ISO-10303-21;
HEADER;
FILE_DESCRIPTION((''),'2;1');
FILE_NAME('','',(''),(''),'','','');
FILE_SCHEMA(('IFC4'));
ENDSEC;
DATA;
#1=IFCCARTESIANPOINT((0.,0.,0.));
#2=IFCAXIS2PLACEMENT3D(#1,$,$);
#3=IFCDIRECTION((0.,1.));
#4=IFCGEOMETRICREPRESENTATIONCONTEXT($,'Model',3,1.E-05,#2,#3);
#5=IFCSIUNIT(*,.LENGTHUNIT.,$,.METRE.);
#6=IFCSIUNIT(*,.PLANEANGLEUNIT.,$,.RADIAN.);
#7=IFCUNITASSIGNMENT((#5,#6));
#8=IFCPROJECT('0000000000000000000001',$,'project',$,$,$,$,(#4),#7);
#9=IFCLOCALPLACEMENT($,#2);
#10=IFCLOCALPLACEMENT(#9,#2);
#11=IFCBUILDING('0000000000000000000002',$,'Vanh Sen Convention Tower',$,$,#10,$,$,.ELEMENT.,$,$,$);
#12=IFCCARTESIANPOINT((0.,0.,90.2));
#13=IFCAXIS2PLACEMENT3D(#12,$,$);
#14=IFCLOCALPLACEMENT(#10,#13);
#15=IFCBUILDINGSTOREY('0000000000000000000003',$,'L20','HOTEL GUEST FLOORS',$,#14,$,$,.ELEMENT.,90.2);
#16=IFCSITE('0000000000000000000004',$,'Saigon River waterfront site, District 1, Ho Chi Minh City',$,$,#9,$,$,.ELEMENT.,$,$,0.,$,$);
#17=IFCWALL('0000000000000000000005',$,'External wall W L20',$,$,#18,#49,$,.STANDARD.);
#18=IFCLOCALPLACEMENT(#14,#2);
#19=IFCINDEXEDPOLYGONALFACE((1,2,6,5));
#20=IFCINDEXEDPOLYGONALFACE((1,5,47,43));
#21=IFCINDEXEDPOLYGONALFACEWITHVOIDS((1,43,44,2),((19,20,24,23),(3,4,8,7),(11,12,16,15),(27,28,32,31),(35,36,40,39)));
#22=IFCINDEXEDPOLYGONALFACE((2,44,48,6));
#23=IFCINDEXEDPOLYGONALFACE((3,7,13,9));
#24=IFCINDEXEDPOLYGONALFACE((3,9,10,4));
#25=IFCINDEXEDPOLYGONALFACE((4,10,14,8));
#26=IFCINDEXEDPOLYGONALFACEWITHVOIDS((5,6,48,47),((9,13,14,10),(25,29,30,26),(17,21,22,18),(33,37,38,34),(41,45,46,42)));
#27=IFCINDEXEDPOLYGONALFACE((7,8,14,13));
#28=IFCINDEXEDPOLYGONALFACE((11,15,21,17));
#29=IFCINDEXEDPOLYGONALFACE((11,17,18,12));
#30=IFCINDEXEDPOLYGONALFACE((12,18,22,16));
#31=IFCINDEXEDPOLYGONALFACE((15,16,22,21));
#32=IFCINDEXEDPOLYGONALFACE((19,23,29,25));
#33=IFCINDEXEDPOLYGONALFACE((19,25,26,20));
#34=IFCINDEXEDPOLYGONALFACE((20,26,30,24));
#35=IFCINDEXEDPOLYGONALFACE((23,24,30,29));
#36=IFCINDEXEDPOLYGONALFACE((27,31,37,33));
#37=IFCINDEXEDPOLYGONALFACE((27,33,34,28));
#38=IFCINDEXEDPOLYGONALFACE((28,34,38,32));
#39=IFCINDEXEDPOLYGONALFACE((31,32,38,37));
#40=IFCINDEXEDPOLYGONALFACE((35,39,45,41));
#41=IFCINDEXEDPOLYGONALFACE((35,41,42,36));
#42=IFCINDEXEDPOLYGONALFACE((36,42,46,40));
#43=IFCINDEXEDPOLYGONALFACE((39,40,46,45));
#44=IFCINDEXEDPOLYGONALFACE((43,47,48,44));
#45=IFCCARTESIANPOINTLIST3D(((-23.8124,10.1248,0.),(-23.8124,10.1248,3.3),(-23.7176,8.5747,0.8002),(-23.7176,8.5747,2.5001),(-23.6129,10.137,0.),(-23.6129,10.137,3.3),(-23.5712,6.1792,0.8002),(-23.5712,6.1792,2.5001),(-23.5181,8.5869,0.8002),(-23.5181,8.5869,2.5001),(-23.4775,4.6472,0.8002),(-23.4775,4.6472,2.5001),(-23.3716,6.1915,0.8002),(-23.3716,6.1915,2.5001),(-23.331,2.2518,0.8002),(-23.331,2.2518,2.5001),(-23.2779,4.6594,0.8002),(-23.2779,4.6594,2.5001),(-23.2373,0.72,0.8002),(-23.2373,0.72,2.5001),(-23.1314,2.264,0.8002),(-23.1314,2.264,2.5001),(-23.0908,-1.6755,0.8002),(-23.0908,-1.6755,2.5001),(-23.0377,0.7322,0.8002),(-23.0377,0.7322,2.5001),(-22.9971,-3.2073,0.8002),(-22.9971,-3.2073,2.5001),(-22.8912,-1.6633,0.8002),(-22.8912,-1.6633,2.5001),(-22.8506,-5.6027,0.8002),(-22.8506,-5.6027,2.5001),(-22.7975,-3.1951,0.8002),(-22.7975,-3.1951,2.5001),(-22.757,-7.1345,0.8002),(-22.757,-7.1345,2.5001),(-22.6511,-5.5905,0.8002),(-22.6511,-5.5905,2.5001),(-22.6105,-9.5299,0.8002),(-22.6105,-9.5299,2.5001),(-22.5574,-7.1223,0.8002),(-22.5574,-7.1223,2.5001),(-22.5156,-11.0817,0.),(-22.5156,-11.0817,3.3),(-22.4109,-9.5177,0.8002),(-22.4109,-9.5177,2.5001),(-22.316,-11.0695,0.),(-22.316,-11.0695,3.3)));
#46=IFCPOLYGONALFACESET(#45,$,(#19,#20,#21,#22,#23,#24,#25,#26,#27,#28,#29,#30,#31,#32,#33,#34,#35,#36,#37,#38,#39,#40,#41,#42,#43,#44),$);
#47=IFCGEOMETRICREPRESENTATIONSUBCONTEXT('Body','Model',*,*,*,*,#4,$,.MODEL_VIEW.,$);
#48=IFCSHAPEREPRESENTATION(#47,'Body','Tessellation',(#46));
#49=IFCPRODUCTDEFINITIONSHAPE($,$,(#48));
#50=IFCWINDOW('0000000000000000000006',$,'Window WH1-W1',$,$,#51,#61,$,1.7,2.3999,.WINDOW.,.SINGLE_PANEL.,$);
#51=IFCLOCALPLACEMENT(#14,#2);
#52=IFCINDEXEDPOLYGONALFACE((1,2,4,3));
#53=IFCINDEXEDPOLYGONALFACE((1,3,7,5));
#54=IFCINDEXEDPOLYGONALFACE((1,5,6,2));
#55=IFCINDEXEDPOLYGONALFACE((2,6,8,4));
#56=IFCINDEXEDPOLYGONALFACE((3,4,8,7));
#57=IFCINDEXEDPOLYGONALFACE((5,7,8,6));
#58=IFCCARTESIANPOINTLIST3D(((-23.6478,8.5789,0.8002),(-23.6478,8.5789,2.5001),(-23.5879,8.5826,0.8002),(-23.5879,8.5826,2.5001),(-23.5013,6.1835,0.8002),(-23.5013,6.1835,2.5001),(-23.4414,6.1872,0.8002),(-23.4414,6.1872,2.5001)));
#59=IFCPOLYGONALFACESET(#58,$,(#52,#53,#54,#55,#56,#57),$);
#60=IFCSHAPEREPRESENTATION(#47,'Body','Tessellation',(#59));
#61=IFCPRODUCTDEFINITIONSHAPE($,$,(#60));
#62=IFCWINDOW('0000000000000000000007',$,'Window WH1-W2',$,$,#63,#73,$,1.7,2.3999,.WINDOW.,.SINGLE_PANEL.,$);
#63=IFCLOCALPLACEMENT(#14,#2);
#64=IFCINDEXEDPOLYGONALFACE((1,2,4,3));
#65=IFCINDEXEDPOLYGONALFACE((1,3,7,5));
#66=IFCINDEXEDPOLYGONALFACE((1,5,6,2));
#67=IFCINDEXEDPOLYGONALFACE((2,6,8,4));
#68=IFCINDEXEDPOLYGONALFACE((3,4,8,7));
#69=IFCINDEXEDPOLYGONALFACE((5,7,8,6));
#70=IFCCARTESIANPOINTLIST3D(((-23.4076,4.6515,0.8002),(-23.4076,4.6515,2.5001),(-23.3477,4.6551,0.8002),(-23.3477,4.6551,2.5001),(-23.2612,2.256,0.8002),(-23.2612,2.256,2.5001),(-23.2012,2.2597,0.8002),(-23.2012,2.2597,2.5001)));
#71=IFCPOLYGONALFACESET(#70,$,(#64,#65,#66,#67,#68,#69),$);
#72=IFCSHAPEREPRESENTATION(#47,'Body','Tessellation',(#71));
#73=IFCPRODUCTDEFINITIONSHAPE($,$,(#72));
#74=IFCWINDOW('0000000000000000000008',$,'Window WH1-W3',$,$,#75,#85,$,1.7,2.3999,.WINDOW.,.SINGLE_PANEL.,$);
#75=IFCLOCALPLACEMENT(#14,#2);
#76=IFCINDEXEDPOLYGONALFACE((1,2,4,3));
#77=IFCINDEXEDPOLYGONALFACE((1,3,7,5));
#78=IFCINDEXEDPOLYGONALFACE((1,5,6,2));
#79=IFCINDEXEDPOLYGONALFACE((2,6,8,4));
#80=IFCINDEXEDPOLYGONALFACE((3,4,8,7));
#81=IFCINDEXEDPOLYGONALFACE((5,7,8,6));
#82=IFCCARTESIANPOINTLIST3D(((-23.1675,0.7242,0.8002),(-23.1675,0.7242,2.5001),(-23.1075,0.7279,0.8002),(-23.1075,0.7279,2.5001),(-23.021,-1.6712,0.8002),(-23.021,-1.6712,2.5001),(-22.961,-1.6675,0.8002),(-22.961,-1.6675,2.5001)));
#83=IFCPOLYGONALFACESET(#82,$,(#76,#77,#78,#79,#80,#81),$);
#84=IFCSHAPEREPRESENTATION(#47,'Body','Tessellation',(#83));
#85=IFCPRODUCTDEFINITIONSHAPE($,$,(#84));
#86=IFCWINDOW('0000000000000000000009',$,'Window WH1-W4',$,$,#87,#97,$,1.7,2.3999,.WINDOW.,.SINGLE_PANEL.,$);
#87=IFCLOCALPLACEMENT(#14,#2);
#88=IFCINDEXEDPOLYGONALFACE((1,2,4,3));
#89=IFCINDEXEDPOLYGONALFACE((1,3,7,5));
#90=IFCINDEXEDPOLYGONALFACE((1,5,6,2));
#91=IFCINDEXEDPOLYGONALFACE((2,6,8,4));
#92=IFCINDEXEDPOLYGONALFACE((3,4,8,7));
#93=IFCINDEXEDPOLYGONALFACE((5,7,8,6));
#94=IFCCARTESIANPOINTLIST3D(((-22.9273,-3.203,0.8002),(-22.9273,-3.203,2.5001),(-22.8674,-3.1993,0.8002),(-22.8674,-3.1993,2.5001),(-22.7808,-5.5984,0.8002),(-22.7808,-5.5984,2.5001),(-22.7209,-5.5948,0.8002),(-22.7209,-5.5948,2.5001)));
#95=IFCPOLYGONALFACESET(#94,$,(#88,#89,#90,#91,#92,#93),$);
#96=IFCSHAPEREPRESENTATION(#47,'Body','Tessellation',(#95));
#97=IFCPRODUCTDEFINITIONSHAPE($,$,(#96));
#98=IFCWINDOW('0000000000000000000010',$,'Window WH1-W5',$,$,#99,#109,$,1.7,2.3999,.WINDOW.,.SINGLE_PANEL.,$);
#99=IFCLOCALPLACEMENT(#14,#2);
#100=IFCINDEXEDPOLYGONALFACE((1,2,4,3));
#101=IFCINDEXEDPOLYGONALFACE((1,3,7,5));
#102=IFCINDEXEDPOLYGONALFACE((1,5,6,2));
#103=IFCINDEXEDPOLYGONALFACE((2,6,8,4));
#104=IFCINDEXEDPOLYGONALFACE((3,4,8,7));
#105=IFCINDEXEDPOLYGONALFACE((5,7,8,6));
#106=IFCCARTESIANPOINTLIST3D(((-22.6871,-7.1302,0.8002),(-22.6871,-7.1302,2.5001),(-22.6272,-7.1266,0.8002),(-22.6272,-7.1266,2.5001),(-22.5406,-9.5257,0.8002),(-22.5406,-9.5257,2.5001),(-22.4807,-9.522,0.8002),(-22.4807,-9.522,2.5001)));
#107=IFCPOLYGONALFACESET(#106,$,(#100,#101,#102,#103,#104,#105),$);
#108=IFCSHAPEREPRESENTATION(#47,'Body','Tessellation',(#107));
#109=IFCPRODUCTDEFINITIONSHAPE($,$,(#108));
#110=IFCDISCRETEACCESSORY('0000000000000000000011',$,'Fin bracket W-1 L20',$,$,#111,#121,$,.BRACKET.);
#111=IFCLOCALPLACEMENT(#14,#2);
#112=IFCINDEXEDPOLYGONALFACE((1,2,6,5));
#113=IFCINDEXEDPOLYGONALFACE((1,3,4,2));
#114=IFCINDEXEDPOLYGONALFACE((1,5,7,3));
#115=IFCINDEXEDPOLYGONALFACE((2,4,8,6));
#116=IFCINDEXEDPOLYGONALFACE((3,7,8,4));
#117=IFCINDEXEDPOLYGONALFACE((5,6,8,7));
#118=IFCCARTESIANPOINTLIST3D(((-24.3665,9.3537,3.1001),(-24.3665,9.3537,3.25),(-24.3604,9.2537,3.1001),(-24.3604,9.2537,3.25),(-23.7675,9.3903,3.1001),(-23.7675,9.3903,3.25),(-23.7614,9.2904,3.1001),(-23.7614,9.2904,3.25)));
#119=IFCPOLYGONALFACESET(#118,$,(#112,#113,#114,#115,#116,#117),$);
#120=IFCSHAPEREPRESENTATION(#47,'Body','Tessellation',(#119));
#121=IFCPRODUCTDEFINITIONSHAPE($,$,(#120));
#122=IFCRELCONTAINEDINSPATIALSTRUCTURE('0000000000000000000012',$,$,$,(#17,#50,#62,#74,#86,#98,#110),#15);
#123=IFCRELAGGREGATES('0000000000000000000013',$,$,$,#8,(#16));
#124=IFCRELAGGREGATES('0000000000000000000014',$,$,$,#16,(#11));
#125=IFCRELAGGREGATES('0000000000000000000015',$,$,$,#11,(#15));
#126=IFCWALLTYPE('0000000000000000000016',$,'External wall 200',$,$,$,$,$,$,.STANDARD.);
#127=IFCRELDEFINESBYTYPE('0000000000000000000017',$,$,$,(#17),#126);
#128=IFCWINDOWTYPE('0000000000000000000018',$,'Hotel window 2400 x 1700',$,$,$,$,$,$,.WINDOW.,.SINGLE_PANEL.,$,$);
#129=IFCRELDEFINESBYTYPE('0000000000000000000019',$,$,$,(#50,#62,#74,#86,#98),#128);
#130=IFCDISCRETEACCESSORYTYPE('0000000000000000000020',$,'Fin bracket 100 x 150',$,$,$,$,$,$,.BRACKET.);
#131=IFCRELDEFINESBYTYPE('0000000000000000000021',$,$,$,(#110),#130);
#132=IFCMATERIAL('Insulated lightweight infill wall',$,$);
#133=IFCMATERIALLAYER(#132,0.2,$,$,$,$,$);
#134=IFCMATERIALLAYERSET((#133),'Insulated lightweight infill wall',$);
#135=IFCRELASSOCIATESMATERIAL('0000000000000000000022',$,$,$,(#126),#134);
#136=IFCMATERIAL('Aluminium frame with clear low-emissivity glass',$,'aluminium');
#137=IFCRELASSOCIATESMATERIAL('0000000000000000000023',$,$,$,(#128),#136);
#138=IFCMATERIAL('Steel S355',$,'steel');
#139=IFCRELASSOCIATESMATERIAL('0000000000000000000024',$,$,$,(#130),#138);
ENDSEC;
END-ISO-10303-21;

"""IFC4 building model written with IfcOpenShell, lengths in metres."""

from ifc_helpers import new_model, si_unit, direction, frame, frame_2d, origin, origin_2d, place, context, subcontext, project, spatial, rectangle, extrude, material, layer, layer_set, type_object, element, fill, save


model = new_model("IFC4")

# Units and contexts
model_context = context("Model", 3, precision=1e-05, world=origin(), true_north=direction((0.0, 1.0)))
body_context = subcontext(model_context, "Body", "Model", "MODEL_VIEW")
ifc_project = project(units=[si_unit("LENGTHUNIT", "METRE"), si_unit("PLANEANGLEUNIT", "RADIAN")], contexts=[model_context])

# Site, building, storey
site_placement = place(None, origin())
site = spatial("IfcSite", under=ifc_project, at=site_placement, Name="Saigon River waterfront site, District 1, Ho Chi Minh City", CompositionType="ELEMENT", RefElevation=0.0)
building_placement = place(site_placement, origin())
building = spatial("IfcBuilding", under=site, at=building_placement, Name="Vanh Sen Convention Tower", CompositionType="ELEMENT")
storey_placement = place(building_placement, frame((0.0, 0.0, 90.2)))
storey = spatial("IfcBuildingStorey", under=building, at=storey_placement, Name="L20", Description="HOTEL GUEST FLOORS", CompositionType="ELEMENT", Elevation=90.2)

# Wall, openings, windows
ifc_material_1 = material(Name="Insulated lightweight infill wall")
ifc_layer_1 = layer(ifc_material_1, 0.2)
ifc_layer_set_1 = layer_set([ifc_layer_1], Name="Insulated lightweight infill wall")
wall_type = type_object("IfcWallType", Name="External wall 200", PredefinedType="STANDARD", material=ifc_layer_set_1)
wall_placement = place(storey_placement, frame((-23.7126, 10.1309, 0.0), z_axis=(0.0, 0.0, 1.0), x_axis=(0.06104, -0.998135, 0.0)))
wall = element("IfcWall", 1, at=wall_placement, inside=storey, type_object=wall_type, Name="External wall W L20", PredefinedType="STANDARD", context=body_context, shape_type="SweptSolid", body=[
    extrude(rectangle(XDim=21.2461, YDim=0.2, at=frame_2d((10.623, 0.0))), origin(), (0.0, 0.0, 1.0), 3.3),
])
opening_1_placement = place(wall_placement, frame((1.553, 0.0, 0.8)))
opening_1 = element("IfcOpeningElement", 2, at=opening_1_placement, cuts=wall, PredefinedType="OPENING", context=body_context, shape_type="SweptSolid", body=[
    extrude(rectangle(XDim=2.3999, YDim=1.7, at=frame_2d((1.2, 0.8501))), frame((0.0, 0.1099, 0.0), z_axis=(0.0, -1.0, 0.0), x_axis=(1.0, 0.0, 0.0)), (0.0, 0.0, 1.0), 0.22),
])
opening_2_placement = place(wall_placement, frame((5.4878, 0.0, 0.8)))
opening_2 = element("IfcOpeningElement", 3, at=opening_2_placement, cuts=wall, PredefinedType="OPENING", context=body_context, shape_type="SweptSolid", body=[
    extrude(rectangle(XDim=2.3999, YDim=1.7, at=frame_2d((1.2, 0.8501))), frame((0.0, 0.1099, 0.0), z_axis=(0.0, -1.0, 0.0), x_axis=(1.0, 0.0, 0.0)), (0.0, 0.0, 1.0), 0.22),
])
opening_3_placement = place(wall_placement, frame((9.4224, 0.0, 0.8)))
opening_3 = element("IfcOpeningElement", 4, at=opening_3_placement, cuts=wall, PredefinedType="OPENING", context=body_context, shape_type="SweptSolid", body=[
    extrude(rectangle(XDim=2.3999, YDim=1.7, at=frame_2d((1.2, 0.8501))), frame((0.0, 0.1099, 0.0), z_axis=(0.0, -1.0, 0.0), x_axis=(1.0, 0.0, 0.0)), (0.0, 0.0, 1.0), 0.22),
])
opening_4_placement = place(wall_placement, frame((13.3569, 0.0, 0.8)))
opening_4 = element("IfcOpeningElement", 5, at=opening_4_placement, cuts=wall, PredefinedType="OPENING", context=body_context, shape_type="SweptSolid", body=[
    extrude(rectangle(XDim=2.3999, YDim=1.7, at=frame_2d((1.2, 0.8501))), frame((0.0, 0.1099, 0.0), z_axis=(0.0, -1.0, 0.0), x_axis=(1.0, 0.0, 0.0)), (0.0, 0.0, 1.0), 0.22),
])
opening_5_placement = place(wall_placement, frame((17.2915, 0.0, 0.8)))
opening_5 = element("IfcOpeningElement", 6, at=opening_5_placement, cuts=wall, PredefinedType="OPENING", context=body_context, shape_type="SweptSolid", body=[
    extrude(rectangle(XDim=2.3999, YDim=1.7, at=frame_2d((1.2, 0.8501))), frame((0.0, 0.1099, 0.0), z_axis=(0.0, -1.0, 0.0), x_axis=(1.0, 0.0, 0.0)), (0.0, 0.0, 1.0), 0.22),
])
ifc_material_2 = material(Name="Aluminium frame with clear low-emissivity glass", Category="aluminium")
window_type = type_object("IfcWindowType", Name="Hotel window 2400 x 1700", PartitioningType="SINGLE_PANEL", PredefinedType="WINDOW", material=ifc_material_2)
window_1_placement = place(opening_1_placement, origin())
window_1 = element("IfcWindow", 7, at=window_1_placement, inside=storey, type_object=window_type, Name="Window WH1-W1", OverallHeight=1.7, OverallWidth=2.3999, PartitioningType="SINGLE_PANEL", PredefinedType="WINDOW", context=body_context, shape_type="SweptSolid", body=[
    extrude(rectangle(XDim=2.3999, YDim=1.7, at=frame_2d((1.2, 0.8501))), frame((0.0, 0.03, 0.0), z_axis=(0.0, -1.0, 0.0), x_axis=(1.0, 0.0, 0.0)), (0.0, 0.0, 1.0), 0.0601),
])
fill(opening_1, window_1)
window_2_placement = place(opening_2_placement, origin())
window_2 = element("IfcWindow", 8, at=window_2_placement, inside=storey, type_object=window_type, Name="Window WH1-W2", OverallHeight=1.7, OverallWidth=2.3999, PartitioningType="SINGLE_PANEL", PredefinedType="WINDOW", context=body_context, shape_type="SweptSolid", body=[
    extrude(rectangle(XDim=2.3999, YDim=1.7, at=frame_2d((1.2, 0.8501))), frame((0.0, 0.03, 0.0), z_axis=(0.0, -1.0, 0.0), x_axis=(1.0, 0.0, 0.0)), (0.0, 0.0, 1.0), 0.0601),
])
fill(opening_2, window_2)
window_3_placement = place(opening_3_placement, origin())
window_3 = element("IfcWindow", 9, at=window_3_placement, inside=storey, type_object=window_type, Name="Window WH1-W3", OverallHeight=1.7, OverallWidth=2.3999, PartitioningType="SINGLE_PANEL", PredefinedType="WINDOW", context=body_context, shape_type="SweptSolid", body=[
    extrude(rectangle(XDim=2.3999, YDim=1.7, at=frame_2d((1.2, 0.8501))), frame((0.0, 0.03, 0.0), z_axis=(0.0, -1.0, 0.0), x_axis=(1.0, 0.0, 0.0)), (0.0, 0.0, 1.0), 0.0601),
])
fill(opening_3, window_3)
window_4_placement = place(opening_4_placement, origin())
window_4 = element("IfcWindow", 10, at=window_4_placement, inside=storey, type_object=window_type, Name="Window WH1-W4", OverallHeight=1.7, OverallWidth=2.3999, PartitioningType="SINGLE_PANEL", PredefinedType="WINDOW", context=body_context, shape_type="SweptSolid", body=[
    extrude(rectangle(XDim=2.3999, YDim=1.7, at=frame_2d((1.2, 0.8501))), frame((0.0, 0.03, 0.0), z_axis=(0.0, -1.0, 0.0), x_axis=(1.0, 0.0, 0.0)), (0.0, 0.0, 1.0), 0.0601),
])
fill(opening_4, window_4)
window_5_placement = place(opening_5_placement, origin())
window_5 = element("IfcWindow", 11, at=window_5_placement, inside=storey, type_object=window_type, Name="Window WH1-W5", OverallHeight=1.7, OverallWidth=2.3999, PartitioningType="SINGLE_PANEL", PredefinedType="WINDOW", context=body_context, shape_type="SweptSolid", body=[
    extrude(rectangle(XDim=2.3999, YDim=1.7, at=frame_2d((1.2, 0.8501))), frame((0.0, 0.03, 0.0), z_axis=(0.0, -1.0, 0.0), x_axis=(1.0, 0.0, 0.0)), (0.0, 0.0, 1.0), 0.0601),
])
fill(opening_5, window_5)

# Discrete accessory
ifc_material_3 = material(Name="Steel S355", Category="steel")
discrete_accessory_type = type_object("IfcDiscreteAccessoryType", Name="Fin bracket 100 x 150", PredefinedType="BRACKET", material=ifc_material_3)
discrete_accessory_placement = place(storey_placement, frame((-24.064, 9.322, 3.1001), z_axis=(0.0, 0.0, 1.0), x_axis=(-0.998135, -0.061049, 0.0)))
element("IfcDiscreteAccessory", 12, at=discrete_accessory_placement, inside=storey, type_object=discrete_accessory_type, Name="Fin bracket W-1 L20", PredefinedType="BRACKET", context=body_context, shape_type="SweptSolid", body=[
    extrude(rectangle(XDim=0.6001, YDim=0.1001, at=origin_2d()), origin(), (0.0, 0.0, 1.0), 0.1499),
])

save(model, "model.ifc")
